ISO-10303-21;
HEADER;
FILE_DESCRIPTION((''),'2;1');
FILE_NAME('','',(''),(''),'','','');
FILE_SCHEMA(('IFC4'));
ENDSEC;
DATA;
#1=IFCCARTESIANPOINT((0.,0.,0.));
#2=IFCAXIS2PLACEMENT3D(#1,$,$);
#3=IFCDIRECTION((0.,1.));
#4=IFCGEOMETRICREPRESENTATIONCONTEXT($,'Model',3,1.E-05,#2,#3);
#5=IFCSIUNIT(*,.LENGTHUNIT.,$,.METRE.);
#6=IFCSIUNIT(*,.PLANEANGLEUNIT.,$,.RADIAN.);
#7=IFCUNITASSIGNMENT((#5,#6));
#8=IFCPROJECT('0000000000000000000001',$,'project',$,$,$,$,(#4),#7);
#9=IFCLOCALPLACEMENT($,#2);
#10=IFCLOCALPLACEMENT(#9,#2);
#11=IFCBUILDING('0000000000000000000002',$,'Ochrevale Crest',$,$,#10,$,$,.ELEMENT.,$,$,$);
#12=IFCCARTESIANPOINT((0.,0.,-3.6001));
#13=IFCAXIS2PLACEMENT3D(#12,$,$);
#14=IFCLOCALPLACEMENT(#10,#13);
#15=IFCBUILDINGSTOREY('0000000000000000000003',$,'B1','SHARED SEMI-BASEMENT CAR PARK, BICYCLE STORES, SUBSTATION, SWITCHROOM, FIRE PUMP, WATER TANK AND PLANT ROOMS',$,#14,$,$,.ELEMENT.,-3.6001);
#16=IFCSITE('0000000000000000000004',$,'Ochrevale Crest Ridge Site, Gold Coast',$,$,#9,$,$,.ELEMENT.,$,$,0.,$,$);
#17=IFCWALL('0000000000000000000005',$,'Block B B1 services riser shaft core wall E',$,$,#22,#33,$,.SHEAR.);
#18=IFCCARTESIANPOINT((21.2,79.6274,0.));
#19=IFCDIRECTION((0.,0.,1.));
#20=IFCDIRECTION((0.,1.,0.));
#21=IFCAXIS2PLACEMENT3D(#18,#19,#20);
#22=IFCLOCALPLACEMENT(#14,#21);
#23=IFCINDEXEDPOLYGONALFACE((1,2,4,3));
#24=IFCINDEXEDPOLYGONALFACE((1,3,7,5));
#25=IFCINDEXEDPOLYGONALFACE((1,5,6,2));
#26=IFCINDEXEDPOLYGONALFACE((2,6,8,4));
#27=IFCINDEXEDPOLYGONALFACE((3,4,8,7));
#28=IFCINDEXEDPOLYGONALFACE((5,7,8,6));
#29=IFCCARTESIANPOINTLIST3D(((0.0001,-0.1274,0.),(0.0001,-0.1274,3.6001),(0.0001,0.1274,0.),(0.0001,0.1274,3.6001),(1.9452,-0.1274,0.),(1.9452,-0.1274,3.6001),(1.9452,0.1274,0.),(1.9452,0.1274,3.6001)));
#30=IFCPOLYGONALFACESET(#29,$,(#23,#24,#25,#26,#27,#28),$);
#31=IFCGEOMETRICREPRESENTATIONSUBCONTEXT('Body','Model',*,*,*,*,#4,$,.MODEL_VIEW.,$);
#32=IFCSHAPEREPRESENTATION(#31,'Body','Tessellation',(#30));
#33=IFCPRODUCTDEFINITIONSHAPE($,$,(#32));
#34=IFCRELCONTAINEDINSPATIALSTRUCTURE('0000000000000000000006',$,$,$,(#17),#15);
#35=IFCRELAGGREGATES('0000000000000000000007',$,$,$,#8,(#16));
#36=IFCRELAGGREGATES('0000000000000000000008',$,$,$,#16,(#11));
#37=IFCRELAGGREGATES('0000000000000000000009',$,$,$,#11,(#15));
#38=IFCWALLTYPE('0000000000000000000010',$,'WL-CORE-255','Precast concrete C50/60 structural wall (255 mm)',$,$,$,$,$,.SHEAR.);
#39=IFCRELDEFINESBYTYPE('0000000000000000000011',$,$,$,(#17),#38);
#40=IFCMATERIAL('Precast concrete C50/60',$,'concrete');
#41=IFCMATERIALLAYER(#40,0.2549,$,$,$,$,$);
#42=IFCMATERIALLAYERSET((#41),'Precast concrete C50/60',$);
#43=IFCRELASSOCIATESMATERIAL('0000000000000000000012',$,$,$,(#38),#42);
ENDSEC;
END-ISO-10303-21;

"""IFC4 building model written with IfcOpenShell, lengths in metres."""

from ifc_helpers import new_model, si_unit, direction, frame, frame_2d, origin, place, context, subcontext, project, spatial, rectangle, extrude, material, layer, layer_set, type_object, element, save


model = new_model("IFC4")

# Units and contexts
model_context = context("Model", 3, precision=1e-05, world=origin(), true_north=direction((0.0, 1.0)))
body_context = subcontext(model_context, "Body", "Model", "MODEL_VIEW")
ifc_project = project(units=[si_unit("LENGTHUNIT", "METRE"), si_unit("PLANEANGLEUNIT", "RADIAN")], contexts=[model_context])

# Site, building, storey
site_placement = place(None, origin())
site = spatial("IfcSite", under=ifc_project, at=site_placement, Name="Ochrevale Crest Ridge Site, Gold Coast", CompositionType="ELEMENT", RefElevation=0.0)
building_placement = place(site_placement, origin())
building = spatial("IfcBuilding", under=site, at=building_placement, Name="Ochrevale Crest", CompositionType="ELEMENT")
storey_placement = place(building_placement, frame((0.0, 0.0, -3.6001)))
storey = spatial("IfcBuildingStorey", under=building, at=storey_placement, Name="B1", Description="SHARED SEMI-BASEMENT CAR PARK, BICYCLE STORES, SUBSTATION, SWITCHROOM, FIRE PUMP, WATER TANK AND PLANT ROOMS", CompositionType="ELEMENT", Elevation=-3.6001)

# Shared definitions
ifc_material_1 = material(Name="Precast concrete C50/60", Category="concrete")
ifc_layer = layer(ifc_material_1, 0.2549)
ifc_layer_set = layer_set([ifc_layer], Name="Precast concrete C50/60")
wall_type = type_object("IfcWallType", Name="WL-CORE-255", Description="Precast concrete C50/60 structural wall (255 mm)", PredefinedType="SHEAR", material=ifc_layer_set)

# Wall
wall_1_placement = place(storey_placement, frame((21.2, 79.6274, 0.0), z_axis=(0.0, 0.0, 1.0), x_axis=(0.0, 1.0, 0.0)))
element("IfcWall", 1, at=wall_1_placement, inside=storey, type_object=wall_type, Name="Block B B1 services riser shaft core wall E", PredefinedType="SHEAR", context=body_context, shape_type="SweptSolid", body=[
    extrude(rectangle(XDim=1.9451, YDim=0.2549, at=frame_2d((0.9727, 0.0))), origin(), (0.0, 0.0, 1.0), 3.6001),
])

save(model, "model.ifc")
